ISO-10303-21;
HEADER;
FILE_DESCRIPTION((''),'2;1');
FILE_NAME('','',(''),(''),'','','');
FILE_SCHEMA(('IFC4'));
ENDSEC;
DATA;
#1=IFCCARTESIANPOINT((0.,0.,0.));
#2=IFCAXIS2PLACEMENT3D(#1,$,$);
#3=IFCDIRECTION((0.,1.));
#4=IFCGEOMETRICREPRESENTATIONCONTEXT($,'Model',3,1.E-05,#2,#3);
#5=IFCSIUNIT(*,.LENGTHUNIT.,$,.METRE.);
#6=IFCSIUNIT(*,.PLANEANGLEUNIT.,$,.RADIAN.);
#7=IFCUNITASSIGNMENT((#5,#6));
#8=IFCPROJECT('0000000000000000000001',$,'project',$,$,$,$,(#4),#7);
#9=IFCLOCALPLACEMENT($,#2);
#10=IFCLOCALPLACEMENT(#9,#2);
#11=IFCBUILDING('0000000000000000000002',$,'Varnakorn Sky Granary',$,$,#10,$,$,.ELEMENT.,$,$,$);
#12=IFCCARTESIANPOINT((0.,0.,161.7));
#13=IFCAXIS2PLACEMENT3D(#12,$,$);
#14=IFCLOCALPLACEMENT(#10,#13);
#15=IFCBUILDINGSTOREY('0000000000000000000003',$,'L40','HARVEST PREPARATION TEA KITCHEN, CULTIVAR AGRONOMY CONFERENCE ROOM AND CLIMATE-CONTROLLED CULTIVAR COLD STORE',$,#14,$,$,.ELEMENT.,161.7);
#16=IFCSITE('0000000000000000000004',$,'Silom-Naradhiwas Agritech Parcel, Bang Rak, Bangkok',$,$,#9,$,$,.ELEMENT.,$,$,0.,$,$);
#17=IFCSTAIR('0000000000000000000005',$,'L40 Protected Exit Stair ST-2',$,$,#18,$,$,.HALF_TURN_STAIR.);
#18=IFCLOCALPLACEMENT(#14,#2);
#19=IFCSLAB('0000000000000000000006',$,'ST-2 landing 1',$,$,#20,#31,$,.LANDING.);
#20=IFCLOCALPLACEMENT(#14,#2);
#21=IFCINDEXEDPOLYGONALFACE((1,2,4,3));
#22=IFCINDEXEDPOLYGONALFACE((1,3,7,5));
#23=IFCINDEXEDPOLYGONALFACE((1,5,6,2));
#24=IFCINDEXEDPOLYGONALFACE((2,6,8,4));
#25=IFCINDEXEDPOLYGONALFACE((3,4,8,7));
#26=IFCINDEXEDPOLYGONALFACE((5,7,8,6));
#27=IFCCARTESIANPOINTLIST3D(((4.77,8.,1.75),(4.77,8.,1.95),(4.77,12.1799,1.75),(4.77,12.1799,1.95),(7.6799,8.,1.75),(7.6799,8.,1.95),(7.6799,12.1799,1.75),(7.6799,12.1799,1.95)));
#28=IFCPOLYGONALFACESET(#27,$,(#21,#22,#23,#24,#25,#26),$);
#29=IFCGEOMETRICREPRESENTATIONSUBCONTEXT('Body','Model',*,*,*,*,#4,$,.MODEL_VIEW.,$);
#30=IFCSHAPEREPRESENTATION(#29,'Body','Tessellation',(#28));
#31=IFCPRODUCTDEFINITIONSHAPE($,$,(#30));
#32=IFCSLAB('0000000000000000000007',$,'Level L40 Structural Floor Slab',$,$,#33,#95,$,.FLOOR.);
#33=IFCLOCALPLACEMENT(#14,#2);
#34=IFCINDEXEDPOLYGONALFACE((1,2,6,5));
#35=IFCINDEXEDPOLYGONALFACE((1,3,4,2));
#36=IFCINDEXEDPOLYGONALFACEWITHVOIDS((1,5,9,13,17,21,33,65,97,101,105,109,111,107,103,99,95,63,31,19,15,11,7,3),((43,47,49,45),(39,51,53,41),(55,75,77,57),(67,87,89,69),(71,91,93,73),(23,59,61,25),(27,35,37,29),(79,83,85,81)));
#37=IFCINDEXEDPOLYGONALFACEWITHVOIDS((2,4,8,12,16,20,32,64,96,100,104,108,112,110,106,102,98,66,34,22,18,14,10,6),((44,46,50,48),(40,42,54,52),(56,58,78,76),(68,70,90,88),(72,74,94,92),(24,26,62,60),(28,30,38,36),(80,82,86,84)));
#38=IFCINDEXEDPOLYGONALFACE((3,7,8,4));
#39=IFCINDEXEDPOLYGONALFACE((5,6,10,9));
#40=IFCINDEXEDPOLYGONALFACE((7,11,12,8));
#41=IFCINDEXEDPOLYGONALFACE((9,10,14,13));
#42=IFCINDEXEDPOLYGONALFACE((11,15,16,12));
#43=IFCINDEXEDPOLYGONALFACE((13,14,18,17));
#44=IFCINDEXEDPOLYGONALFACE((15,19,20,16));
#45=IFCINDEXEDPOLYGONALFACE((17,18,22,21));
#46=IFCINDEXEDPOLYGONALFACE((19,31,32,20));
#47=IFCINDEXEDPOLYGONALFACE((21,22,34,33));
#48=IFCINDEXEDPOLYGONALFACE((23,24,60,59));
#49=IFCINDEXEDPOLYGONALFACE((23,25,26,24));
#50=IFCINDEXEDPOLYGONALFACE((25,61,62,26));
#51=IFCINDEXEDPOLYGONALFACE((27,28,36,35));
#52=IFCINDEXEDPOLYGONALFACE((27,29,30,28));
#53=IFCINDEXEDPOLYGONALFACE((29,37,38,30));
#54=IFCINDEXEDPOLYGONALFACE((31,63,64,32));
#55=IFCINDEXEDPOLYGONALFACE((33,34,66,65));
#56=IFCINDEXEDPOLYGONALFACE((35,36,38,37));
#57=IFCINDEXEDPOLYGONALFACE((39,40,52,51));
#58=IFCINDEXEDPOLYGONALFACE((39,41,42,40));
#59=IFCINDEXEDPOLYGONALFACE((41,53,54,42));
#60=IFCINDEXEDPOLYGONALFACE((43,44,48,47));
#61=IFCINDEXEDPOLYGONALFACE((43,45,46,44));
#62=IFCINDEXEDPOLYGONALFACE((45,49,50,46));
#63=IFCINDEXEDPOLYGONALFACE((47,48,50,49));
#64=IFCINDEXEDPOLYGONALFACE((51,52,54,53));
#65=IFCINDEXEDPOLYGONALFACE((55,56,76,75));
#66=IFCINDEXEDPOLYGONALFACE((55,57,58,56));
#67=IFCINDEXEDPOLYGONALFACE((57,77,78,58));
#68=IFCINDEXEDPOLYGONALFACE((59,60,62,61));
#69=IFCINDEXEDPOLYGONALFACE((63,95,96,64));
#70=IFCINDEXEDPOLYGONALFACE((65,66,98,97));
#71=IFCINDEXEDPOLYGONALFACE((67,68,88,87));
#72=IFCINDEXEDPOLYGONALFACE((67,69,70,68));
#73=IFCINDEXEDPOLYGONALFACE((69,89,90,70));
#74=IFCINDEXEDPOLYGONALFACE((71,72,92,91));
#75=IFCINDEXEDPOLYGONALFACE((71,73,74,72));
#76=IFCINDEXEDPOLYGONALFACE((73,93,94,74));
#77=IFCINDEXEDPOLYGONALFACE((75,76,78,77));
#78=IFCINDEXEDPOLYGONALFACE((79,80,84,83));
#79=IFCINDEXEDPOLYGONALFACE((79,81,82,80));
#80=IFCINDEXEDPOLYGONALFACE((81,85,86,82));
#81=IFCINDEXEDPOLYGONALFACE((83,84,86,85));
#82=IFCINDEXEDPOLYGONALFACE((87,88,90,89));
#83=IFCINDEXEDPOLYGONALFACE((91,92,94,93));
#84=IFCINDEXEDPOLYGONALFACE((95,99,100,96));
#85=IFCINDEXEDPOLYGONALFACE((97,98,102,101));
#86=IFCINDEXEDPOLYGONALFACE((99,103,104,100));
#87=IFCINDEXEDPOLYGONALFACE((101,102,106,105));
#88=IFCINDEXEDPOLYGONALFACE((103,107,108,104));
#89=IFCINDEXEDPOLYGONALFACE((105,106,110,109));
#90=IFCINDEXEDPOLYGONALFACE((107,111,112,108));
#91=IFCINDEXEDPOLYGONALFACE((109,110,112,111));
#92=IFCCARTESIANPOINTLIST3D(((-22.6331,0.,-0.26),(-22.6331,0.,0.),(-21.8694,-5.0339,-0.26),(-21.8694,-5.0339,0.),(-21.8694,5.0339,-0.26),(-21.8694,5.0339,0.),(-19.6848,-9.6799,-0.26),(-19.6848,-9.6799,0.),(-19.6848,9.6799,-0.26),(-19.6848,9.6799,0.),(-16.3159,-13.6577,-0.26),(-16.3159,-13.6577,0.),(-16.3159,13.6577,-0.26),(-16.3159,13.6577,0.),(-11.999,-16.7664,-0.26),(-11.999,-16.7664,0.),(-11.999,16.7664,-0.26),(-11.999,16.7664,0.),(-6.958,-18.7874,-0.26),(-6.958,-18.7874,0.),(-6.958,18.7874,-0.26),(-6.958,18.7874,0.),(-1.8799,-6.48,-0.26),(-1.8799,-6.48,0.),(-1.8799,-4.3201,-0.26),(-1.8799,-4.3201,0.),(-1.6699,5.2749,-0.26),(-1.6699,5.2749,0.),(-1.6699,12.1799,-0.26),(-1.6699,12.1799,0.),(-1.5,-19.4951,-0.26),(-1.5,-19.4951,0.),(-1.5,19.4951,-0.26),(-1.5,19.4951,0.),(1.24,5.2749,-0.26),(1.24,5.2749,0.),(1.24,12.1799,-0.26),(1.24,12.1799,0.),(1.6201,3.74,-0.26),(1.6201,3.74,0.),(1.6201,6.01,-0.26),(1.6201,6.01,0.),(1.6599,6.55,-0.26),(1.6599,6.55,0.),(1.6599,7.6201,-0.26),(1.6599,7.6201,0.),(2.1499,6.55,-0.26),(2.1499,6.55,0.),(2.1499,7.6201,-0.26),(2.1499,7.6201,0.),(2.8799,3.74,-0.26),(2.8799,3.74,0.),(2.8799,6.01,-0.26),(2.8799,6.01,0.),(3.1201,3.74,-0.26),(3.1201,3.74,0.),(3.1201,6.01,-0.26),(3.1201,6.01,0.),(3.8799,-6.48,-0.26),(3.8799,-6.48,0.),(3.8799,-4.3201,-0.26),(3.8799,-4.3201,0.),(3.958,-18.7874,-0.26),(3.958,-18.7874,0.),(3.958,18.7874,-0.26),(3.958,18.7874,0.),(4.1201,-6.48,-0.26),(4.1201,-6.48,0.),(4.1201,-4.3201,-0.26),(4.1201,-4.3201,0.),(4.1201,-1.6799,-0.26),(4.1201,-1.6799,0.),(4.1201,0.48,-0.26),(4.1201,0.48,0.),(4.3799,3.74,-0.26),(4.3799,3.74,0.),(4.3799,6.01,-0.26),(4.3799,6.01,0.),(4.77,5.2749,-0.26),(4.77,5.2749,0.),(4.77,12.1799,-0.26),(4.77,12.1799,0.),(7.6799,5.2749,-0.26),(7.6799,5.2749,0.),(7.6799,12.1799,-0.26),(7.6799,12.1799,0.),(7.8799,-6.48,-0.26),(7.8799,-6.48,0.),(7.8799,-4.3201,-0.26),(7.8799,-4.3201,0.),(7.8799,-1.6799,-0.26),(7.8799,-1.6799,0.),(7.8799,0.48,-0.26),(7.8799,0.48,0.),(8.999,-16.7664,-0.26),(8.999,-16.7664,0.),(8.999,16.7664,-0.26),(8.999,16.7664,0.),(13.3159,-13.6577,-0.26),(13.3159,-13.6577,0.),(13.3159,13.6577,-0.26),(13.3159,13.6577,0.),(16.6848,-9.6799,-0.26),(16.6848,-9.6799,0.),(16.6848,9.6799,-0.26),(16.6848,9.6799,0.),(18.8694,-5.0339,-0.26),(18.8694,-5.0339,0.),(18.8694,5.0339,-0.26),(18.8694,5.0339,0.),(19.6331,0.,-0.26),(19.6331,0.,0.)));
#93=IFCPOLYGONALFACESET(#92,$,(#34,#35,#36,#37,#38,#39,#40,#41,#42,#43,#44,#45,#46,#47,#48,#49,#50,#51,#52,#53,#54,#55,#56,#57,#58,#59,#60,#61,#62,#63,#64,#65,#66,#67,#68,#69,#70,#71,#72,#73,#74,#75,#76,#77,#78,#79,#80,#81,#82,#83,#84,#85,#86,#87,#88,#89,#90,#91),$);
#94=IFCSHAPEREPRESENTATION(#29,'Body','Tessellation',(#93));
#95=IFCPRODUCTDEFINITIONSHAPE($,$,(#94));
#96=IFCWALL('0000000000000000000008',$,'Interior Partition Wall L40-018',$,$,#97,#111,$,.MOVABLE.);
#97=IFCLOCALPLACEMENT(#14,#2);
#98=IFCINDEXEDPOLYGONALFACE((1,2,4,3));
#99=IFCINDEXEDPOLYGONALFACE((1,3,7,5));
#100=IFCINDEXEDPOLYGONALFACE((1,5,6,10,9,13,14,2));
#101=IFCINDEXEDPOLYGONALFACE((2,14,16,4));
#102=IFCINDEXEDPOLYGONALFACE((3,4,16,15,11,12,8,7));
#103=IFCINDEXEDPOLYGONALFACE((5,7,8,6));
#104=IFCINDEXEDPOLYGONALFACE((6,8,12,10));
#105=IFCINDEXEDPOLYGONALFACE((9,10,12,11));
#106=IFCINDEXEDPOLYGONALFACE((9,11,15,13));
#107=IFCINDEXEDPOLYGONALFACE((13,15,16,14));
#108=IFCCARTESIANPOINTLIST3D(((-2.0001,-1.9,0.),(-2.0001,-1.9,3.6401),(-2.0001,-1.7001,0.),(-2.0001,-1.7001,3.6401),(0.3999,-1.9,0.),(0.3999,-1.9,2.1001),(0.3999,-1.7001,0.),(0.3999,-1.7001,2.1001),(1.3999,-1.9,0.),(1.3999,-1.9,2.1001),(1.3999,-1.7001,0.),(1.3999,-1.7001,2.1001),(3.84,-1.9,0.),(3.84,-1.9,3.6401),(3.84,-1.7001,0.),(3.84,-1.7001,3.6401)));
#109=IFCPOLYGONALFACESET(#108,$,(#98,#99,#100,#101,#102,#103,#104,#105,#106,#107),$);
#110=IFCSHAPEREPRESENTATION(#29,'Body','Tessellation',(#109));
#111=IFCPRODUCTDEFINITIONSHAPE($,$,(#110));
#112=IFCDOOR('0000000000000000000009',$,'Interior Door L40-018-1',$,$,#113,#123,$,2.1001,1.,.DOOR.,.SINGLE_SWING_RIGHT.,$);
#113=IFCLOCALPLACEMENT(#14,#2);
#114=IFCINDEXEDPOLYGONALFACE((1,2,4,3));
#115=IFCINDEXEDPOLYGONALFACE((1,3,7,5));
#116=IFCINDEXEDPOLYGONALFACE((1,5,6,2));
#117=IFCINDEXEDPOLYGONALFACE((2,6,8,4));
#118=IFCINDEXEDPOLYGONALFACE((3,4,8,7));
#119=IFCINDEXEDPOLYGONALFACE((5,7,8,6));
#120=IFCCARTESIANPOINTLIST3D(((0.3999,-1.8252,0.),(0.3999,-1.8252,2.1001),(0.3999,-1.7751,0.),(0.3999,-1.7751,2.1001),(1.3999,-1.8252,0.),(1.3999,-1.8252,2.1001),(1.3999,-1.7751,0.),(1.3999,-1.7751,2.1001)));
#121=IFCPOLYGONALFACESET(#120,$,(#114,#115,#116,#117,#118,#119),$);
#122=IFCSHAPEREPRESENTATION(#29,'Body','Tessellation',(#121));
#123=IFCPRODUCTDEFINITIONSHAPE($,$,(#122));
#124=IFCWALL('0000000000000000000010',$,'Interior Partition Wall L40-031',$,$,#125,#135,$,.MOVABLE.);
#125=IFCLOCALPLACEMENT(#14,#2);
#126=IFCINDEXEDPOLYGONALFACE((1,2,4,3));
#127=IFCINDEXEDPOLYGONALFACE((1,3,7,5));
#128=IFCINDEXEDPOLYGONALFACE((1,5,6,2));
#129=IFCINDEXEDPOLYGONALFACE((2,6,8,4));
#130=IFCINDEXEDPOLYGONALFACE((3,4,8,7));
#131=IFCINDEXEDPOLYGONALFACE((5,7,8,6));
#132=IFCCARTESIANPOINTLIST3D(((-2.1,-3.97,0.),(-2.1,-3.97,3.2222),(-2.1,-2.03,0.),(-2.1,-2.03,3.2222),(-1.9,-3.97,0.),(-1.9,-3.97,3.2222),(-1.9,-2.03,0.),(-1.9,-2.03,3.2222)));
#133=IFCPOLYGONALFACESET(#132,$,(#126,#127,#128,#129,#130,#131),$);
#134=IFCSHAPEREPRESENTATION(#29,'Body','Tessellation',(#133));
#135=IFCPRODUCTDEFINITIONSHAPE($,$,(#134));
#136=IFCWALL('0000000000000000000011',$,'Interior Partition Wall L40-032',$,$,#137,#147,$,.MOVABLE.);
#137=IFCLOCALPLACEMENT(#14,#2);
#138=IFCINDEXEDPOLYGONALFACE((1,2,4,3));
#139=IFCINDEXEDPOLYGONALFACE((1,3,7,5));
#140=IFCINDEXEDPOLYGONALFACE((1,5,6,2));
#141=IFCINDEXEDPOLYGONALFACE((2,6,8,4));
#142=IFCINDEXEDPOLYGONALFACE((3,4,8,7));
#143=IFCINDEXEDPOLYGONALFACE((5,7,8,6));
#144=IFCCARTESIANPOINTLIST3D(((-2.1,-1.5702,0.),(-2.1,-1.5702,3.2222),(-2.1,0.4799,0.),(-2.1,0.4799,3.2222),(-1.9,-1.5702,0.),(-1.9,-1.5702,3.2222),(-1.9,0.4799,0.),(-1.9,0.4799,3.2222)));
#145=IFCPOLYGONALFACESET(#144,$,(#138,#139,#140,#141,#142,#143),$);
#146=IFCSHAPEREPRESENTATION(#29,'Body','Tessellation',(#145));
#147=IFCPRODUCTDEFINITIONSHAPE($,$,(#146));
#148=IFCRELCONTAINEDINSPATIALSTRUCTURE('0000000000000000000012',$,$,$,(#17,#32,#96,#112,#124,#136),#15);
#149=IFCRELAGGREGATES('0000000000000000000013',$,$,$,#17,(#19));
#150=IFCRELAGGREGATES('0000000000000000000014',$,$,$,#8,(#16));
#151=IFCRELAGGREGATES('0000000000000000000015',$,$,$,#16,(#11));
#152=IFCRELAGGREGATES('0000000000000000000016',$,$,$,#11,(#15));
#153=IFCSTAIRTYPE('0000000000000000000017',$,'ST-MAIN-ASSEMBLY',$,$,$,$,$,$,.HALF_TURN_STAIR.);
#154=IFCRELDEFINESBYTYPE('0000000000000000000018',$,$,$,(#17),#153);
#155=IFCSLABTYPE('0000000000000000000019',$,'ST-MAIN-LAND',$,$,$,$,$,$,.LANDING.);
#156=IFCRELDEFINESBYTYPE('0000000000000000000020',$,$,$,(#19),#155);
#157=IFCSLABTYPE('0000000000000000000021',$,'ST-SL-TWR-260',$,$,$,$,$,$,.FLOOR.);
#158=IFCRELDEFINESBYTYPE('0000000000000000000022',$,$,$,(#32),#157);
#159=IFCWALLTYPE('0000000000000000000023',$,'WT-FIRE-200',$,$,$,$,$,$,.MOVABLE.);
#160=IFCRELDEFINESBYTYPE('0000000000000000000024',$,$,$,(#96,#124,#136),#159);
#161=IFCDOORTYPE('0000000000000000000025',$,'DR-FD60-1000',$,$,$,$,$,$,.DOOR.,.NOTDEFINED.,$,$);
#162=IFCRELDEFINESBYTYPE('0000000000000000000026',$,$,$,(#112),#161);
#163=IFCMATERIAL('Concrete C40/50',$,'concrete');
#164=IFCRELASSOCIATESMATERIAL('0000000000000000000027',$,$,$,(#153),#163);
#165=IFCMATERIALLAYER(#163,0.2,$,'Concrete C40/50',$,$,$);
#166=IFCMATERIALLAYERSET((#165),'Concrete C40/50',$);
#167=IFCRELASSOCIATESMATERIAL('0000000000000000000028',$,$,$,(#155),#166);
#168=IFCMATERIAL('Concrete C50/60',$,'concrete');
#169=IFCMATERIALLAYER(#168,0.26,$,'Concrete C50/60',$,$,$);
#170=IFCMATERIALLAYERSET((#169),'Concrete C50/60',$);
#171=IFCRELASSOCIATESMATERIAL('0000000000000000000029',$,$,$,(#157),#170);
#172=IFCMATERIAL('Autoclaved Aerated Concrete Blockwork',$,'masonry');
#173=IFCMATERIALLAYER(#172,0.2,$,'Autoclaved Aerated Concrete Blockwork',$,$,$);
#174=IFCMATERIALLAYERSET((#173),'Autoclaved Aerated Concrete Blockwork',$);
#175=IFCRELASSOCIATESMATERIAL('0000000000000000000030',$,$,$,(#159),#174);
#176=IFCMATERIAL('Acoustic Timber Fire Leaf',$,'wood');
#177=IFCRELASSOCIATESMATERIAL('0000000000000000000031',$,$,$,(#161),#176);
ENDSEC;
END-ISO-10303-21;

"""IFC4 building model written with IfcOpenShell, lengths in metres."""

from ifc_helpers import new_model, si_unit, direction, frame, frame_2d, origin, place, context, subcontext, project, spatial, polyline, rectangle, outline, extrude, material, layer, layer_set, type_object, element, fill, aggregate, save


model = new_model("IFC4")

# Units and contexts
model_context = context("Model", 3, precision=1e-05, world=origin(), true_north=direction((0.0, 1.0)))
body_context = subcontext(model_context, "Body", "Model", "MODEL_VIEW")
ifc_project = project(units=[si_unit("LENGTHUNIT", "METRE"), si_unit("PLANEANGLEUNIT", "RADIAN")], contexts=[model_context])

# Site, building, storey
site_placement = place(None, origin())
site = spatial("IfcSite", under=ifc_project, at=site_placement, Name="Silom-Naradhiwas Agritech Parcel, Bang Rak, Bangkok", CompositionType="ELEMENT", RefElevation=0.0)
building_placement = place(site_placement, origin())
building = spatial("IfcBuilding", under=site, at=building_placement, Name="Varnakorn Sky Granary", CompositionType="ELEMENT")
storey_placement = place(building_placement, frame((0.0, 0.0, 161.7)))
storey = spatial("IfcBuildingStorey", under=building, at=storey_placement, Name="L40", Description="HARVEST PREPARATION TEA KITCHEN, CULTIVAR AGRONOMY CONFERENCE ROOM AND CLIMATE-CONTROLLED CULTIVAR COLD STORE", CompositionType="ELEMENT", Elevation=161.7)

# Shared definitions
ifc_material_1 = material(Name="Concrete C50/60", Category="concrete")

# Stair, slab
ifc_material_2 = material(Name="Concrete C40/50", Category="concrete")
stair_type = type_object("IfcStairType", Name="ST-MAIN-ASSEMBLY", PredefinedType="HALF_TURN_STAIR", material=ifc_material_2)
ifc_layer_1 = layer(ifc_material_2, 0.2, Name="Concrete C40/50")
ifc_layer_set_1 = layer_set([ifc_layer_1], Name="Concrete C40/50")
slab_type_1 = type_object("IfcSlabType", Name="ST-MAIN-LAND", PredefinedType="LANDING", material=ifc_layer_set_1)
stair_1_placement = place(storey_placement, origin())
stair_1 = element("IfcStair", 1, at=stair_1_placement, inside=storey, type_object=stair_type, Name="L40 Protected Exit Stair ST-2", PredefinedType="HALF_TURN_STAIR")
slab_1_placement = place(storey_placement, frame((0.0, 0.0, 1.75)))
slab_1 = element("IfcSlab", 2, at=slab_1_placement, type_object=slab_type_1, Name="ST-2 landing 1", PredefinedType="LANDING", context=body_context, shape_type="SweptSolid", body=[
    extrude(outline(polyline([(7.6799, 8.0), (7.6799, 12.1799), (4.77, 12.1799), (4.77, 8.0), (7.6799, 8.0)])), origin(), (0.0, 0.0, 1.0), 0.2),
])
aggregate(stair_1, [slab_1])

# Slab
ifc_layer_2 = layer(ifc_material_1, 0.26, Name="Concrete C50/60")
ifc_layer_set_2 = layer_set([ifc_layer_2], Name="Concrete C50/60")
slab_type_2 = type_object("IfcSlabType", Name="ST-SL-TWR-260", PredefinedType="FLOOR", material=ifc_layer_set_2)
slab_2_placement = place(storey_placement, frame((0.0, 0.0, -0.26)))
element("IfcSlab", 3, at=slab_2_placement, inside=storey, type_object=slab_type_2, Name="Level L40 Structural Floor Slab", PredefinedType="FLOOR", context=body_context, shape_type="SweptSolid", body=[
    extrude(outline(polyline([(19.6331, 0.0), (18.8694, 5.0339), (16.6848, 9.6799), (13.3159, 13.6577), (8.999, 16.7664), (3.958, 18.7874), (-1.5, 19.4951), (-6.958, 18.7874), (-11.999, 16.7664), (-16.3159, 13.6577), (-19.6848, 9.6799), (-21.8694, 5.0339), (-22.6331, 0.0), (-21.8694, -5.0339), (-19.6848, -9.6799), (-16.3159, -13.6577), (-11.999, -16.7664), (-6.958, -18.7874), (-1.5, -19.4951), (3.958, -18.7874), (8.999, -16.7664), (13.3159, -13.6577), (16.6848, -9.6799), (18.8694, -5.0339), (19.6331, 0.0)]), holes=[polyline([(1.24, 5.2749), (1.24, 12.1799), (-1.6699, 12.1799), (-1.6699, 5.2749), (1.24, 5.2749)]), polyline([(7.6799, 5.2749), (7.6799, 12.1799), (4.77, 12.1799), (4.77, 5.2749), (7.6799, 5.2749)]), polyline([(1.6599, 6.55), (2.1499, 6.55), (2.1499, 7.6201), (1.6599, 7.6201), (1.6599, 6.55)]), polyline([(1.6201, 3.74), (2.8799, 3.74), (2.8799, 6.01), (1.6201, 6.01), (1.6201, 3.74)]), polyline([(3.1201, 3.74), (4.3799, 3.74), (4.3799, 6.01), (3.1201, 6.01), (3.1201, 3.74)]), polyline([(4.1201, -1.6799), (7.8799, -1.6799), (7.8799, 0.48), (4.1201, 0.48), (4.1201, -1.6799)]), polyline([(-1.8799, -6.48), (3.8799, -6.48), (3.8799, -4.3201), (-1.8799, -4.3201), (-1.8799, -6.48)]), polyline([(4.1201, -6.48), (7.8799, -6.48), (7.8799, -4.3201), (4.1201, -4.3201), (4.1201, -6.48)])]), origin(), (0.0, 0.0, 1.0), 0.26),
])

# Wall, opening, door
ifc_material_3 = material(Name="Autoclaved Aerated Concrete Blockwork", Category="masonry")
ifc_layer_3 = layer(ifc_material_3, 0.2, Name="Autoclaved Aerated Concrete Blockwork")
ifc_layer_set_3 = layer_set([ifc_layer_3], Name="Autoclaved Aerated Concrete Blockwork")
wall_type_1 = type_object("IfcWallType", Name="WT-FIRE-200", PredefinedType="MOVABLE", material=ifc_layer_set_3)
wall_1_placement = place(storey_placement, frame((-2.0, -1.8, 0.0), z_axis=(0.0, 0.0, 1.0), x_axis=(1.0, 0.0, 0.0)))
wall_1 = element("IfcWall", 4, at=wall_1_placement, inside=storey, type_object=wall_type_1, Name="Interior Partition Wall L40-018", PredefinedType="MOVABLE", context=body_context, shape_type="SweptSolid", body=[
    extrude(rectangle(XDim=5.8401, YDim=0.2, at=frame_2d((2.9199, 0.0))), origin(), (0.0, 0.0, 1.0), 3.6401),
])
opening_1_placement = place(wall_1_placement, frame((2.3999, 0.0, 0.0)))
opening_1 = element("IfcOpeningElement", 5, at=opening_1_placement, cuts=wall_1, PredefinedType="OPENING", context=body_context, shape_type="SweptSolid", body=[
    extrude(rectangle(XDim=1.0, YDim=2.1001, at=frame_2d((0.5, 1.05))), frame((0.0, 0.1099, 0.0), z_axis=(0.0, -1.0, 0.0), x_axis=(1.0, 0.0, 0.0)), (0.0, 0.0, 1.0), 0.22),
])
ifc_material_4 = material(Name="Acoustic Timber Fire Leaf", Category="wood")
door_type_1 = type_object("IfcDoorType", Name="DR-FD60-1000", OperationType="NOTDEFINED", PredefinedType="DOOR", material=ifc_material_4)
door_1_placement = place(opening_1_placement, origin())
door_1 = element("IfcDoor", 6, at=door_1_placement, inside=storey, type_object=door_type_1, Name="Interior Door L40-018-1", OperationType="SINGLE_SWING_RIGHT", OverallHeight=2.1001, OverallWidth=1.0, PredefinedType="DOOR", context=body_context, shape_type="SweptSolid", body=[
    extrude(rectangle(XDim=1.0, YDim=2.1001, at=frame_2d((0.5, 1.05))), frame((0.0, 0.0249, 0.0), z_axis=(0.0, -1.0, 0.0), x_axis=(1.0, 0.0, 0.0)), (0.0, 0.0, 1.0), 0.05),
])
fill(opening_1, door_1)

# Walls
wall_2_placement = place(storey_placement, frame((-2.0, -3.97, 0.0), z_axis=(0.0, 0.0, 1.0), x_axis=(0.0, 1.0, 0.0)))
element("IfcWall", 7, at=wall_2_placement, inside=storey, type_object=wall_type_1, Name="Interior Partition Wall L40-031", PredefinedType="MOVABLE", context=body_context, shape_type="SweptSolid", body=[
    extrude(rectangle(XDim=1.9399, YDim=0.2, at=frame_2d((0.97, 0.0))), origin(), (0.0, 0.0, 1.0), 3.2222),
])
wall_3_placement = place(storey_placement, frame((-2.0, -1.5701, 0.0), z_axis=(0.0, 0.0, 1.0), x_axis=(0.0, 1.0, 0.0)))
element("IfcWall", 8, at=wall_3_placement, inside=storey, type_object=wall_type_1, Name="Interior Partition Wall L40-032", PredefinedType="MOVABLE", context=body_context, shape_type="SweptSolid", body=[
    extrude(rectangle(XDim=2.05, YDim=0.2, at=frame_2d((1.0249, 0.0))), origin(), (0.0, 0.0, 1.0), 3.2222),
])

save(model, "model.ifc")
